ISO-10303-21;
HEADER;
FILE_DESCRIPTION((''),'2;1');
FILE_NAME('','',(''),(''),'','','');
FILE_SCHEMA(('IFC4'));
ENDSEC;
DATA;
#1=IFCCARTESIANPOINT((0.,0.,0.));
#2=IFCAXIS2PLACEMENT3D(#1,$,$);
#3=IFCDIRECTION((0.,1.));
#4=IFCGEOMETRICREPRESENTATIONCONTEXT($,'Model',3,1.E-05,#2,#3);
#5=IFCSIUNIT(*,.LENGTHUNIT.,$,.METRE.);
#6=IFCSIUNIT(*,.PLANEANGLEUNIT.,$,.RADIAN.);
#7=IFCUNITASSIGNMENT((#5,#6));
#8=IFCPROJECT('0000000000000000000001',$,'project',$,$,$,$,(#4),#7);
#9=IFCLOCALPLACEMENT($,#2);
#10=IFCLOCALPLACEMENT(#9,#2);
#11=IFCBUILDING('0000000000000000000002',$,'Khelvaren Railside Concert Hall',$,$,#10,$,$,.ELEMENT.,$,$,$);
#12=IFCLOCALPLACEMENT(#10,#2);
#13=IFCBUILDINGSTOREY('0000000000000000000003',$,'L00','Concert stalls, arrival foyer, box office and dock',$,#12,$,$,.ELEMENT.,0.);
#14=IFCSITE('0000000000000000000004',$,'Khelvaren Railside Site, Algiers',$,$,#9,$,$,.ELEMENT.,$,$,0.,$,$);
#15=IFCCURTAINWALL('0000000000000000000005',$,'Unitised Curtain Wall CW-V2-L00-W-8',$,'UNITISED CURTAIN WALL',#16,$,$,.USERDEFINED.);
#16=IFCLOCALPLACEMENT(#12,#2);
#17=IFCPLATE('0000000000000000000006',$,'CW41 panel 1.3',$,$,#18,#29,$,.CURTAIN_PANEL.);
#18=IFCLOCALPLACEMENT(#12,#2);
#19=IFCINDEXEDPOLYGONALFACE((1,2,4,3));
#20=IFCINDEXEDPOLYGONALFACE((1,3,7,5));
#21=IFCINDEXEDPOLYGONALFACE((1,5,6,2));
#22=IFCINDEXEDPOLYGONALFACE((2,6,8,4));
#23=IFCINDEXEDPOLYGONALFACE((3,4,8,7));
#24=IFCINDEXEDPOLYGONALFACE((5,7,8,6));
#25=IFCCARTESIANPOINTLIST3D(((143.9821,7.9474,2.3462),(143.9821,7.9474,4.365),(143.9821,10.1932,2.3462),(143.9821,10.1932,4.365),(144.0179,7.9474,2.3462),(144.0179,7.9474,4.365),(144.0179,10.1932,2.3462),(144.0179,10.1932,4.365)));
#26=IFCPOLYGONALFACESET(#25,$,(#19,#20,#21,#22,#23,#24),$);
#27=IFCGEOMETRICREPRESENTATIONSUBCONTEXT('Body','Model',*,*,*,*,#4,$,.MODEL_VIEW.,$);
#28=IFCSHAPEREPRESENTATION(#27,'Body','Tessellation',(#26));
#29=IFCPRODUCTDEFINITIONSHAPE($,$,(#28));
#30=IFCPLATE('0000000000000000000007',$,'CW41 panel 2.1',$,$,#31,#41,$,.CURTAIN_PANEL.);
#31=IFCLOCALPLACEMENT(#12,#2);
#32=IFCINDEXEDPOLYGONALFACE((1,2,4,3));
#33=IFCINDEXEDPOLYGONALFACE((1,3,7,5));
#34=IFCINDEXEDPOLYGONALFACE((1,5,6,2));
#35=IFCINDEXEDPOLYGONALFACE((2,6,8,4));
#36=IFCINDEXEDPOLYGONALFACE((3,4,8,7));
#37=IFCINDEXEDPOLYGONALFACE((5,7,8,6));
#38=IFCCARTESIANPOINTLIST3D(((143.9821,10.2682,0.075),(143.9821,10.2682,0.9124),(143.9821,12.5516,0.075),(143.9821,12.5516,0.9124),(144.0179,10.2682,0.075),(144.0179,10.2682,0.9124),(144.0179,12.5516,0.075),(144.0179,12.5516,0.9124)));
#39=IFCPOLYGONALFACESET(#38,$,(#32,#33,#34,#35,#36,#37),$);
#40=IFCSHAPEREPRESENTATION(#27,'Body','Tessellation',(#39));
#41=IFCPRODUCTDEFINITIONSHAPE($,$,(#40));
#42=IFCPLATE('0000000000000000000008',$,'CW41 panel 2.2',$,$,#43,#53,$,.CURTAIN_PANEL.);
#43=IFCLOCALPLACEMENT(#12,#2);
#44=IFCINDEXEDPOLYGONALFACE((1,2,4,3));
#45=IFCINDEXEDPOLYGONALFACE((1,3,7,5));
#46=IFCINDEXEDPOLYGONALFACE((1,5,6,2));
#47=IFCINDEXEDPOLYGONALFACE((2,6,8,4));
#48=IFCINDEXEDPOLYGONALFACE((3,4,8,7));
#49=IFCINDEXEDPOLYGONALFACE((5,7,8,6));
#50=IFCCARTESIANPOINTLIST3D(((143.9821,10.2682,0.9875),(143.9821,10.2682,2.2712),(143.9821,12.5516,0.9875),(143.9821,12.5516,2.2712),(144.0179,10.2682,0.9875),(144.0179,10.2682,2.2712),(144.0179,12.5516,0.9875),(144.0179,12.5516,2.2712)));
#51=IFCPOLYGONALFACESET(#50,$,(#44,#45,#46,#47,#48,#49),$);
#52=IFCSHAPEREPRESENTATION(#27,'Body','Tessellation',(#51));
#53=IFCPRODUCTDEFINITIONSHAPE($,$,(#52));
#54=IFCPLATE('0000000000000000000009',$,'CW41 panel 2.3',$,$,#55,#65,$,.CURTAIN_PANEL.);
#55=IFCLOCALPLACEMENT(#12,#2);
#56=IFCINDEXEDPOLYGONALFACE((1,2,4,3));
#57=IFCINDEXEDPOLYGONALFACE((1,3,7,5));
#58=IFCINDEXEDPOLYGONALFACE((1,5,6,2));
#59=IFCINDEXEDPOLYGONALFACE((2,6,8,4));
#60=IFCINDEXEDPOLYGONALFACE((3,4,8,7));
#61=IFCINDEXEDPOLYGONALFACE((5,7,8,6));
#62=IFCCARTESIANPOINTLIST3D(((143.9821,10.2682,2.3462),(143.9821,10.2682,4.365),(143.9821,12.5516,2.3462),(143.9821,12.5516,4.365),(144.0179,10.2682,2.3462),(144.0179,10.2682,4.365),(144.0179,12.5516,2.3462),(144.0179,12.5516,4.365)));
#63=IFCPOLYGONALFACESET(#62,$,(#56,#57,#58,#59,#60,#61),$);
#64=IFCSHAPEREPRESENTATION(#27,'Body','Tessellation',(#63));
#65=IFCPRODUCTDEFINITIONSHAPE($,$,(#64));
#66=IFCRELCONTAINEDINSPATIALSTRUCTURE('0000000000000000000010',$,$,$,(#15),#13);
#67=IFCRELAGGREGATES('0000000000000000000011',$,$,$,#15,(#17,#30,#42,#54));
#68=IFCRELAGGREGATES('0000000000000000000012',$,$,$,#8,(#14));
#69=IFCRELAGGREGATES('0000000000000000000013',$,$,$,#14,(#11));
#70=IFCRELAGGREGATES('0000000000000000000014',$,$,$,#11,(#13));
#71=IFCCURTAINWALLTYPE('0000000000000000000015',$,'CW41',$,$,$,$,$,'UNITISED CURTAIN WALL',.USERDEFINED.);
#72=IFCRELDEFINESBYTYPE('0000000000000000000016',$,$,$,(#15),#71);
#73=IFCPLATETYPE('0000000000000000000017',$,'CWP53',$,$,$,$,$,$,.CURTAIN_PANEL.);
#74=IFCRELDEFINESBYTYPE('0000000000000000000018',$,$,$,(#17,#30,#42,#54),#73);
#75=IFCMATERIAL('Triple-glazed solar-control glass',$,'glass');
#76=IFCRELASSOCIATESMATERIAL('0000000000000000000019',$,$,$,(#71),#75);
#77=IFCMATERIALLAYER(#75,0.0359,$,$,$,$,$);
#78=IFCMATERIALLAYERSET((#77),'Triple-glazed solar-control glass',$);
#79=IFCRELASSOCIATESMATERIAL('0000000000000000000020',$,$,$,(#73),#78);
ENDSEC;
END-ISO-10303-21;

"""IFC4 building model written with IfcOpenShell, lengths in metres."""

from ifc_helpers import new_model, si_unit, direction, frame, origin, origin_2d, place, context, subcontext, project, spatial, rectangle, extrude, material, layer, layer_set, type_object, element, aggregate, save


model = new_model("IFC4")

# Units and contexts
model_context = context("Model", 3, precision=1e-05, world=origin(), true_north=direction((0.0, 1.0)))
body_context = subcontext(model_context, "Body", "Model", "MODEL_VIEW")
ifc_project = project(units=[si_unit("LENGTHUNIT", "METRE"), si_unit("PLANEANGLEUNIT", "RADIAN")], contexts=[model_context])

# Site, building, storey
site_placement = place(None, origin())
site = spatial("IfcSite", under=ifc_project, at=site_placement, Name="Khelvaren Railside Site, Algiers", CompositionType="ELEMENT", RefElevation=0.0)
building_placement = place(site_placement, origin())
building = spatial("IfcBuilding", under=site, at=building_placement, Name="Khelvaren Railside Concert Hall", CompositionType="ELEMENT")
storey_placement = place(building_placement, origin())
storey = spatial("IfcBuildingStorey", under=building, at=storey_placement, Name="L00", Description="Concert stalls, arrival foyer, box office and dock", CompositionType="ELEMENT", Elevation=0.0)

# Curtain wall
ifc_material_1 = material(Name="Triple-glazed solar-control glass", Category="glass")
curtain_wall_type = type_object("IfcCurtainWallType", Name="CW41", ElementType="UNITISED CURTAIN WALL", PredefinedType="USERDEFINED", material=ifc_material_1)
curtain_wall_placement = place(storey_placement, origin())
curtain_wall = element("IfcCurtainWall", 1, at=curtain_wall_placement, inside=storey, type_object=curtain_wall_type, Name="Unitised Curtain Wall CW-V2-L00-W-8", ObjectType="UNITISED CURTAIN WALL", PredefinedType="USERDEFINED")

# Plates
ifc_layer = layer(ifc_material_1, 0.0359)
ifc_layer_set = layer_set([ifc_layer], Name="Triple-glazed solar-control glass")
plate_type = type_object("IfcPlateType", Name="CWP53", PredefinedType="CURTAIN_PANEL", material=ifc_layer_set)
plate_1_placement = place(storey_placement, frame((144.0, 9.0703, 2.3462), z_axis=(0.0, 0.0, 1.0), x_axis=(0.0, 1.0, 0.0)))
plate_1 = element("IfcPlate", 2, at=plate_1_placement, type_object=plate_type, Name="CW41 panel 1.3", PredefinedType="CURTAIN_PANEL", context=body_context, shape_type="SweptSolid", body=[
    extrude(rectangle(XDim=2.2458, YDim=0.0359, at=origin_2d()), origin(), (0.0, 0.0, 1.0), 2.0188),
])
plate_2_placement = place(storey_placement, frame((144.0, 11.4099, 0.075), z_axis=(0.0, 0.0, 1.0), x_axis=(0.0, 1.0, 0.0)))
plate_2 = element("IfcPlate", 3, at=plate_2_placement, type_object=plate_type, Name="CW41 panel 2.1", PredefinedType="CURTAIN_PANEL", context=body_context, shape_type="SweptSolid", body=[
    extrude(rectangle(XDim=2.2834, YDim=0.0359, at=origin_2d()), origin(), (0.0, 0.0, 1.0), 0.8374),
])
plate_3_placement = place(storey_placement, frame((144.0, 11.4099, 0.9875), z_axis=(0.0, 0.0, 1.0), x_axis=(0.0, 1.0, 0.0)))
plate_3 = element("IfcPlate", 4, at=plate_3_placement, type_object=plate_type, Name="CW41 panel 2.2", PredefinedType="CURTAIN_PANEL", context=body_context, shape_type="SweptSolid", body=[
    extrude(rectangle(XDim=2.2834, YDim=0.0359, at=origin_2d()), origin(), (0.0, 0.0, 1.0), 1.2837),
])
plate_4_placement = place(storey_placement, frame((144.0, 11.4099, 2.3462), z_axis=(0.0, 0.0, 1.0), x_axis=(0.0, 1.0, 0.0)))
plate_4 = element("IfcPlate", 5, at=plate_4_placement, type_object=plate_type, Name="CW41 panel 2.3", PredefinedType="CURTAIN_PANEL", context=body_context, shape_type="SweptSolid", body=[
    extrude(rectangle(XDim=2.2834, YDim=0.0359, at=origin_2d()), origin(), (0.0, 0.0, 1.0), 2.0188),
])
aggregate(curtain_wall, [plate_1, plate_2, plate_3, plate_4])

save(model, "model.ifc")
